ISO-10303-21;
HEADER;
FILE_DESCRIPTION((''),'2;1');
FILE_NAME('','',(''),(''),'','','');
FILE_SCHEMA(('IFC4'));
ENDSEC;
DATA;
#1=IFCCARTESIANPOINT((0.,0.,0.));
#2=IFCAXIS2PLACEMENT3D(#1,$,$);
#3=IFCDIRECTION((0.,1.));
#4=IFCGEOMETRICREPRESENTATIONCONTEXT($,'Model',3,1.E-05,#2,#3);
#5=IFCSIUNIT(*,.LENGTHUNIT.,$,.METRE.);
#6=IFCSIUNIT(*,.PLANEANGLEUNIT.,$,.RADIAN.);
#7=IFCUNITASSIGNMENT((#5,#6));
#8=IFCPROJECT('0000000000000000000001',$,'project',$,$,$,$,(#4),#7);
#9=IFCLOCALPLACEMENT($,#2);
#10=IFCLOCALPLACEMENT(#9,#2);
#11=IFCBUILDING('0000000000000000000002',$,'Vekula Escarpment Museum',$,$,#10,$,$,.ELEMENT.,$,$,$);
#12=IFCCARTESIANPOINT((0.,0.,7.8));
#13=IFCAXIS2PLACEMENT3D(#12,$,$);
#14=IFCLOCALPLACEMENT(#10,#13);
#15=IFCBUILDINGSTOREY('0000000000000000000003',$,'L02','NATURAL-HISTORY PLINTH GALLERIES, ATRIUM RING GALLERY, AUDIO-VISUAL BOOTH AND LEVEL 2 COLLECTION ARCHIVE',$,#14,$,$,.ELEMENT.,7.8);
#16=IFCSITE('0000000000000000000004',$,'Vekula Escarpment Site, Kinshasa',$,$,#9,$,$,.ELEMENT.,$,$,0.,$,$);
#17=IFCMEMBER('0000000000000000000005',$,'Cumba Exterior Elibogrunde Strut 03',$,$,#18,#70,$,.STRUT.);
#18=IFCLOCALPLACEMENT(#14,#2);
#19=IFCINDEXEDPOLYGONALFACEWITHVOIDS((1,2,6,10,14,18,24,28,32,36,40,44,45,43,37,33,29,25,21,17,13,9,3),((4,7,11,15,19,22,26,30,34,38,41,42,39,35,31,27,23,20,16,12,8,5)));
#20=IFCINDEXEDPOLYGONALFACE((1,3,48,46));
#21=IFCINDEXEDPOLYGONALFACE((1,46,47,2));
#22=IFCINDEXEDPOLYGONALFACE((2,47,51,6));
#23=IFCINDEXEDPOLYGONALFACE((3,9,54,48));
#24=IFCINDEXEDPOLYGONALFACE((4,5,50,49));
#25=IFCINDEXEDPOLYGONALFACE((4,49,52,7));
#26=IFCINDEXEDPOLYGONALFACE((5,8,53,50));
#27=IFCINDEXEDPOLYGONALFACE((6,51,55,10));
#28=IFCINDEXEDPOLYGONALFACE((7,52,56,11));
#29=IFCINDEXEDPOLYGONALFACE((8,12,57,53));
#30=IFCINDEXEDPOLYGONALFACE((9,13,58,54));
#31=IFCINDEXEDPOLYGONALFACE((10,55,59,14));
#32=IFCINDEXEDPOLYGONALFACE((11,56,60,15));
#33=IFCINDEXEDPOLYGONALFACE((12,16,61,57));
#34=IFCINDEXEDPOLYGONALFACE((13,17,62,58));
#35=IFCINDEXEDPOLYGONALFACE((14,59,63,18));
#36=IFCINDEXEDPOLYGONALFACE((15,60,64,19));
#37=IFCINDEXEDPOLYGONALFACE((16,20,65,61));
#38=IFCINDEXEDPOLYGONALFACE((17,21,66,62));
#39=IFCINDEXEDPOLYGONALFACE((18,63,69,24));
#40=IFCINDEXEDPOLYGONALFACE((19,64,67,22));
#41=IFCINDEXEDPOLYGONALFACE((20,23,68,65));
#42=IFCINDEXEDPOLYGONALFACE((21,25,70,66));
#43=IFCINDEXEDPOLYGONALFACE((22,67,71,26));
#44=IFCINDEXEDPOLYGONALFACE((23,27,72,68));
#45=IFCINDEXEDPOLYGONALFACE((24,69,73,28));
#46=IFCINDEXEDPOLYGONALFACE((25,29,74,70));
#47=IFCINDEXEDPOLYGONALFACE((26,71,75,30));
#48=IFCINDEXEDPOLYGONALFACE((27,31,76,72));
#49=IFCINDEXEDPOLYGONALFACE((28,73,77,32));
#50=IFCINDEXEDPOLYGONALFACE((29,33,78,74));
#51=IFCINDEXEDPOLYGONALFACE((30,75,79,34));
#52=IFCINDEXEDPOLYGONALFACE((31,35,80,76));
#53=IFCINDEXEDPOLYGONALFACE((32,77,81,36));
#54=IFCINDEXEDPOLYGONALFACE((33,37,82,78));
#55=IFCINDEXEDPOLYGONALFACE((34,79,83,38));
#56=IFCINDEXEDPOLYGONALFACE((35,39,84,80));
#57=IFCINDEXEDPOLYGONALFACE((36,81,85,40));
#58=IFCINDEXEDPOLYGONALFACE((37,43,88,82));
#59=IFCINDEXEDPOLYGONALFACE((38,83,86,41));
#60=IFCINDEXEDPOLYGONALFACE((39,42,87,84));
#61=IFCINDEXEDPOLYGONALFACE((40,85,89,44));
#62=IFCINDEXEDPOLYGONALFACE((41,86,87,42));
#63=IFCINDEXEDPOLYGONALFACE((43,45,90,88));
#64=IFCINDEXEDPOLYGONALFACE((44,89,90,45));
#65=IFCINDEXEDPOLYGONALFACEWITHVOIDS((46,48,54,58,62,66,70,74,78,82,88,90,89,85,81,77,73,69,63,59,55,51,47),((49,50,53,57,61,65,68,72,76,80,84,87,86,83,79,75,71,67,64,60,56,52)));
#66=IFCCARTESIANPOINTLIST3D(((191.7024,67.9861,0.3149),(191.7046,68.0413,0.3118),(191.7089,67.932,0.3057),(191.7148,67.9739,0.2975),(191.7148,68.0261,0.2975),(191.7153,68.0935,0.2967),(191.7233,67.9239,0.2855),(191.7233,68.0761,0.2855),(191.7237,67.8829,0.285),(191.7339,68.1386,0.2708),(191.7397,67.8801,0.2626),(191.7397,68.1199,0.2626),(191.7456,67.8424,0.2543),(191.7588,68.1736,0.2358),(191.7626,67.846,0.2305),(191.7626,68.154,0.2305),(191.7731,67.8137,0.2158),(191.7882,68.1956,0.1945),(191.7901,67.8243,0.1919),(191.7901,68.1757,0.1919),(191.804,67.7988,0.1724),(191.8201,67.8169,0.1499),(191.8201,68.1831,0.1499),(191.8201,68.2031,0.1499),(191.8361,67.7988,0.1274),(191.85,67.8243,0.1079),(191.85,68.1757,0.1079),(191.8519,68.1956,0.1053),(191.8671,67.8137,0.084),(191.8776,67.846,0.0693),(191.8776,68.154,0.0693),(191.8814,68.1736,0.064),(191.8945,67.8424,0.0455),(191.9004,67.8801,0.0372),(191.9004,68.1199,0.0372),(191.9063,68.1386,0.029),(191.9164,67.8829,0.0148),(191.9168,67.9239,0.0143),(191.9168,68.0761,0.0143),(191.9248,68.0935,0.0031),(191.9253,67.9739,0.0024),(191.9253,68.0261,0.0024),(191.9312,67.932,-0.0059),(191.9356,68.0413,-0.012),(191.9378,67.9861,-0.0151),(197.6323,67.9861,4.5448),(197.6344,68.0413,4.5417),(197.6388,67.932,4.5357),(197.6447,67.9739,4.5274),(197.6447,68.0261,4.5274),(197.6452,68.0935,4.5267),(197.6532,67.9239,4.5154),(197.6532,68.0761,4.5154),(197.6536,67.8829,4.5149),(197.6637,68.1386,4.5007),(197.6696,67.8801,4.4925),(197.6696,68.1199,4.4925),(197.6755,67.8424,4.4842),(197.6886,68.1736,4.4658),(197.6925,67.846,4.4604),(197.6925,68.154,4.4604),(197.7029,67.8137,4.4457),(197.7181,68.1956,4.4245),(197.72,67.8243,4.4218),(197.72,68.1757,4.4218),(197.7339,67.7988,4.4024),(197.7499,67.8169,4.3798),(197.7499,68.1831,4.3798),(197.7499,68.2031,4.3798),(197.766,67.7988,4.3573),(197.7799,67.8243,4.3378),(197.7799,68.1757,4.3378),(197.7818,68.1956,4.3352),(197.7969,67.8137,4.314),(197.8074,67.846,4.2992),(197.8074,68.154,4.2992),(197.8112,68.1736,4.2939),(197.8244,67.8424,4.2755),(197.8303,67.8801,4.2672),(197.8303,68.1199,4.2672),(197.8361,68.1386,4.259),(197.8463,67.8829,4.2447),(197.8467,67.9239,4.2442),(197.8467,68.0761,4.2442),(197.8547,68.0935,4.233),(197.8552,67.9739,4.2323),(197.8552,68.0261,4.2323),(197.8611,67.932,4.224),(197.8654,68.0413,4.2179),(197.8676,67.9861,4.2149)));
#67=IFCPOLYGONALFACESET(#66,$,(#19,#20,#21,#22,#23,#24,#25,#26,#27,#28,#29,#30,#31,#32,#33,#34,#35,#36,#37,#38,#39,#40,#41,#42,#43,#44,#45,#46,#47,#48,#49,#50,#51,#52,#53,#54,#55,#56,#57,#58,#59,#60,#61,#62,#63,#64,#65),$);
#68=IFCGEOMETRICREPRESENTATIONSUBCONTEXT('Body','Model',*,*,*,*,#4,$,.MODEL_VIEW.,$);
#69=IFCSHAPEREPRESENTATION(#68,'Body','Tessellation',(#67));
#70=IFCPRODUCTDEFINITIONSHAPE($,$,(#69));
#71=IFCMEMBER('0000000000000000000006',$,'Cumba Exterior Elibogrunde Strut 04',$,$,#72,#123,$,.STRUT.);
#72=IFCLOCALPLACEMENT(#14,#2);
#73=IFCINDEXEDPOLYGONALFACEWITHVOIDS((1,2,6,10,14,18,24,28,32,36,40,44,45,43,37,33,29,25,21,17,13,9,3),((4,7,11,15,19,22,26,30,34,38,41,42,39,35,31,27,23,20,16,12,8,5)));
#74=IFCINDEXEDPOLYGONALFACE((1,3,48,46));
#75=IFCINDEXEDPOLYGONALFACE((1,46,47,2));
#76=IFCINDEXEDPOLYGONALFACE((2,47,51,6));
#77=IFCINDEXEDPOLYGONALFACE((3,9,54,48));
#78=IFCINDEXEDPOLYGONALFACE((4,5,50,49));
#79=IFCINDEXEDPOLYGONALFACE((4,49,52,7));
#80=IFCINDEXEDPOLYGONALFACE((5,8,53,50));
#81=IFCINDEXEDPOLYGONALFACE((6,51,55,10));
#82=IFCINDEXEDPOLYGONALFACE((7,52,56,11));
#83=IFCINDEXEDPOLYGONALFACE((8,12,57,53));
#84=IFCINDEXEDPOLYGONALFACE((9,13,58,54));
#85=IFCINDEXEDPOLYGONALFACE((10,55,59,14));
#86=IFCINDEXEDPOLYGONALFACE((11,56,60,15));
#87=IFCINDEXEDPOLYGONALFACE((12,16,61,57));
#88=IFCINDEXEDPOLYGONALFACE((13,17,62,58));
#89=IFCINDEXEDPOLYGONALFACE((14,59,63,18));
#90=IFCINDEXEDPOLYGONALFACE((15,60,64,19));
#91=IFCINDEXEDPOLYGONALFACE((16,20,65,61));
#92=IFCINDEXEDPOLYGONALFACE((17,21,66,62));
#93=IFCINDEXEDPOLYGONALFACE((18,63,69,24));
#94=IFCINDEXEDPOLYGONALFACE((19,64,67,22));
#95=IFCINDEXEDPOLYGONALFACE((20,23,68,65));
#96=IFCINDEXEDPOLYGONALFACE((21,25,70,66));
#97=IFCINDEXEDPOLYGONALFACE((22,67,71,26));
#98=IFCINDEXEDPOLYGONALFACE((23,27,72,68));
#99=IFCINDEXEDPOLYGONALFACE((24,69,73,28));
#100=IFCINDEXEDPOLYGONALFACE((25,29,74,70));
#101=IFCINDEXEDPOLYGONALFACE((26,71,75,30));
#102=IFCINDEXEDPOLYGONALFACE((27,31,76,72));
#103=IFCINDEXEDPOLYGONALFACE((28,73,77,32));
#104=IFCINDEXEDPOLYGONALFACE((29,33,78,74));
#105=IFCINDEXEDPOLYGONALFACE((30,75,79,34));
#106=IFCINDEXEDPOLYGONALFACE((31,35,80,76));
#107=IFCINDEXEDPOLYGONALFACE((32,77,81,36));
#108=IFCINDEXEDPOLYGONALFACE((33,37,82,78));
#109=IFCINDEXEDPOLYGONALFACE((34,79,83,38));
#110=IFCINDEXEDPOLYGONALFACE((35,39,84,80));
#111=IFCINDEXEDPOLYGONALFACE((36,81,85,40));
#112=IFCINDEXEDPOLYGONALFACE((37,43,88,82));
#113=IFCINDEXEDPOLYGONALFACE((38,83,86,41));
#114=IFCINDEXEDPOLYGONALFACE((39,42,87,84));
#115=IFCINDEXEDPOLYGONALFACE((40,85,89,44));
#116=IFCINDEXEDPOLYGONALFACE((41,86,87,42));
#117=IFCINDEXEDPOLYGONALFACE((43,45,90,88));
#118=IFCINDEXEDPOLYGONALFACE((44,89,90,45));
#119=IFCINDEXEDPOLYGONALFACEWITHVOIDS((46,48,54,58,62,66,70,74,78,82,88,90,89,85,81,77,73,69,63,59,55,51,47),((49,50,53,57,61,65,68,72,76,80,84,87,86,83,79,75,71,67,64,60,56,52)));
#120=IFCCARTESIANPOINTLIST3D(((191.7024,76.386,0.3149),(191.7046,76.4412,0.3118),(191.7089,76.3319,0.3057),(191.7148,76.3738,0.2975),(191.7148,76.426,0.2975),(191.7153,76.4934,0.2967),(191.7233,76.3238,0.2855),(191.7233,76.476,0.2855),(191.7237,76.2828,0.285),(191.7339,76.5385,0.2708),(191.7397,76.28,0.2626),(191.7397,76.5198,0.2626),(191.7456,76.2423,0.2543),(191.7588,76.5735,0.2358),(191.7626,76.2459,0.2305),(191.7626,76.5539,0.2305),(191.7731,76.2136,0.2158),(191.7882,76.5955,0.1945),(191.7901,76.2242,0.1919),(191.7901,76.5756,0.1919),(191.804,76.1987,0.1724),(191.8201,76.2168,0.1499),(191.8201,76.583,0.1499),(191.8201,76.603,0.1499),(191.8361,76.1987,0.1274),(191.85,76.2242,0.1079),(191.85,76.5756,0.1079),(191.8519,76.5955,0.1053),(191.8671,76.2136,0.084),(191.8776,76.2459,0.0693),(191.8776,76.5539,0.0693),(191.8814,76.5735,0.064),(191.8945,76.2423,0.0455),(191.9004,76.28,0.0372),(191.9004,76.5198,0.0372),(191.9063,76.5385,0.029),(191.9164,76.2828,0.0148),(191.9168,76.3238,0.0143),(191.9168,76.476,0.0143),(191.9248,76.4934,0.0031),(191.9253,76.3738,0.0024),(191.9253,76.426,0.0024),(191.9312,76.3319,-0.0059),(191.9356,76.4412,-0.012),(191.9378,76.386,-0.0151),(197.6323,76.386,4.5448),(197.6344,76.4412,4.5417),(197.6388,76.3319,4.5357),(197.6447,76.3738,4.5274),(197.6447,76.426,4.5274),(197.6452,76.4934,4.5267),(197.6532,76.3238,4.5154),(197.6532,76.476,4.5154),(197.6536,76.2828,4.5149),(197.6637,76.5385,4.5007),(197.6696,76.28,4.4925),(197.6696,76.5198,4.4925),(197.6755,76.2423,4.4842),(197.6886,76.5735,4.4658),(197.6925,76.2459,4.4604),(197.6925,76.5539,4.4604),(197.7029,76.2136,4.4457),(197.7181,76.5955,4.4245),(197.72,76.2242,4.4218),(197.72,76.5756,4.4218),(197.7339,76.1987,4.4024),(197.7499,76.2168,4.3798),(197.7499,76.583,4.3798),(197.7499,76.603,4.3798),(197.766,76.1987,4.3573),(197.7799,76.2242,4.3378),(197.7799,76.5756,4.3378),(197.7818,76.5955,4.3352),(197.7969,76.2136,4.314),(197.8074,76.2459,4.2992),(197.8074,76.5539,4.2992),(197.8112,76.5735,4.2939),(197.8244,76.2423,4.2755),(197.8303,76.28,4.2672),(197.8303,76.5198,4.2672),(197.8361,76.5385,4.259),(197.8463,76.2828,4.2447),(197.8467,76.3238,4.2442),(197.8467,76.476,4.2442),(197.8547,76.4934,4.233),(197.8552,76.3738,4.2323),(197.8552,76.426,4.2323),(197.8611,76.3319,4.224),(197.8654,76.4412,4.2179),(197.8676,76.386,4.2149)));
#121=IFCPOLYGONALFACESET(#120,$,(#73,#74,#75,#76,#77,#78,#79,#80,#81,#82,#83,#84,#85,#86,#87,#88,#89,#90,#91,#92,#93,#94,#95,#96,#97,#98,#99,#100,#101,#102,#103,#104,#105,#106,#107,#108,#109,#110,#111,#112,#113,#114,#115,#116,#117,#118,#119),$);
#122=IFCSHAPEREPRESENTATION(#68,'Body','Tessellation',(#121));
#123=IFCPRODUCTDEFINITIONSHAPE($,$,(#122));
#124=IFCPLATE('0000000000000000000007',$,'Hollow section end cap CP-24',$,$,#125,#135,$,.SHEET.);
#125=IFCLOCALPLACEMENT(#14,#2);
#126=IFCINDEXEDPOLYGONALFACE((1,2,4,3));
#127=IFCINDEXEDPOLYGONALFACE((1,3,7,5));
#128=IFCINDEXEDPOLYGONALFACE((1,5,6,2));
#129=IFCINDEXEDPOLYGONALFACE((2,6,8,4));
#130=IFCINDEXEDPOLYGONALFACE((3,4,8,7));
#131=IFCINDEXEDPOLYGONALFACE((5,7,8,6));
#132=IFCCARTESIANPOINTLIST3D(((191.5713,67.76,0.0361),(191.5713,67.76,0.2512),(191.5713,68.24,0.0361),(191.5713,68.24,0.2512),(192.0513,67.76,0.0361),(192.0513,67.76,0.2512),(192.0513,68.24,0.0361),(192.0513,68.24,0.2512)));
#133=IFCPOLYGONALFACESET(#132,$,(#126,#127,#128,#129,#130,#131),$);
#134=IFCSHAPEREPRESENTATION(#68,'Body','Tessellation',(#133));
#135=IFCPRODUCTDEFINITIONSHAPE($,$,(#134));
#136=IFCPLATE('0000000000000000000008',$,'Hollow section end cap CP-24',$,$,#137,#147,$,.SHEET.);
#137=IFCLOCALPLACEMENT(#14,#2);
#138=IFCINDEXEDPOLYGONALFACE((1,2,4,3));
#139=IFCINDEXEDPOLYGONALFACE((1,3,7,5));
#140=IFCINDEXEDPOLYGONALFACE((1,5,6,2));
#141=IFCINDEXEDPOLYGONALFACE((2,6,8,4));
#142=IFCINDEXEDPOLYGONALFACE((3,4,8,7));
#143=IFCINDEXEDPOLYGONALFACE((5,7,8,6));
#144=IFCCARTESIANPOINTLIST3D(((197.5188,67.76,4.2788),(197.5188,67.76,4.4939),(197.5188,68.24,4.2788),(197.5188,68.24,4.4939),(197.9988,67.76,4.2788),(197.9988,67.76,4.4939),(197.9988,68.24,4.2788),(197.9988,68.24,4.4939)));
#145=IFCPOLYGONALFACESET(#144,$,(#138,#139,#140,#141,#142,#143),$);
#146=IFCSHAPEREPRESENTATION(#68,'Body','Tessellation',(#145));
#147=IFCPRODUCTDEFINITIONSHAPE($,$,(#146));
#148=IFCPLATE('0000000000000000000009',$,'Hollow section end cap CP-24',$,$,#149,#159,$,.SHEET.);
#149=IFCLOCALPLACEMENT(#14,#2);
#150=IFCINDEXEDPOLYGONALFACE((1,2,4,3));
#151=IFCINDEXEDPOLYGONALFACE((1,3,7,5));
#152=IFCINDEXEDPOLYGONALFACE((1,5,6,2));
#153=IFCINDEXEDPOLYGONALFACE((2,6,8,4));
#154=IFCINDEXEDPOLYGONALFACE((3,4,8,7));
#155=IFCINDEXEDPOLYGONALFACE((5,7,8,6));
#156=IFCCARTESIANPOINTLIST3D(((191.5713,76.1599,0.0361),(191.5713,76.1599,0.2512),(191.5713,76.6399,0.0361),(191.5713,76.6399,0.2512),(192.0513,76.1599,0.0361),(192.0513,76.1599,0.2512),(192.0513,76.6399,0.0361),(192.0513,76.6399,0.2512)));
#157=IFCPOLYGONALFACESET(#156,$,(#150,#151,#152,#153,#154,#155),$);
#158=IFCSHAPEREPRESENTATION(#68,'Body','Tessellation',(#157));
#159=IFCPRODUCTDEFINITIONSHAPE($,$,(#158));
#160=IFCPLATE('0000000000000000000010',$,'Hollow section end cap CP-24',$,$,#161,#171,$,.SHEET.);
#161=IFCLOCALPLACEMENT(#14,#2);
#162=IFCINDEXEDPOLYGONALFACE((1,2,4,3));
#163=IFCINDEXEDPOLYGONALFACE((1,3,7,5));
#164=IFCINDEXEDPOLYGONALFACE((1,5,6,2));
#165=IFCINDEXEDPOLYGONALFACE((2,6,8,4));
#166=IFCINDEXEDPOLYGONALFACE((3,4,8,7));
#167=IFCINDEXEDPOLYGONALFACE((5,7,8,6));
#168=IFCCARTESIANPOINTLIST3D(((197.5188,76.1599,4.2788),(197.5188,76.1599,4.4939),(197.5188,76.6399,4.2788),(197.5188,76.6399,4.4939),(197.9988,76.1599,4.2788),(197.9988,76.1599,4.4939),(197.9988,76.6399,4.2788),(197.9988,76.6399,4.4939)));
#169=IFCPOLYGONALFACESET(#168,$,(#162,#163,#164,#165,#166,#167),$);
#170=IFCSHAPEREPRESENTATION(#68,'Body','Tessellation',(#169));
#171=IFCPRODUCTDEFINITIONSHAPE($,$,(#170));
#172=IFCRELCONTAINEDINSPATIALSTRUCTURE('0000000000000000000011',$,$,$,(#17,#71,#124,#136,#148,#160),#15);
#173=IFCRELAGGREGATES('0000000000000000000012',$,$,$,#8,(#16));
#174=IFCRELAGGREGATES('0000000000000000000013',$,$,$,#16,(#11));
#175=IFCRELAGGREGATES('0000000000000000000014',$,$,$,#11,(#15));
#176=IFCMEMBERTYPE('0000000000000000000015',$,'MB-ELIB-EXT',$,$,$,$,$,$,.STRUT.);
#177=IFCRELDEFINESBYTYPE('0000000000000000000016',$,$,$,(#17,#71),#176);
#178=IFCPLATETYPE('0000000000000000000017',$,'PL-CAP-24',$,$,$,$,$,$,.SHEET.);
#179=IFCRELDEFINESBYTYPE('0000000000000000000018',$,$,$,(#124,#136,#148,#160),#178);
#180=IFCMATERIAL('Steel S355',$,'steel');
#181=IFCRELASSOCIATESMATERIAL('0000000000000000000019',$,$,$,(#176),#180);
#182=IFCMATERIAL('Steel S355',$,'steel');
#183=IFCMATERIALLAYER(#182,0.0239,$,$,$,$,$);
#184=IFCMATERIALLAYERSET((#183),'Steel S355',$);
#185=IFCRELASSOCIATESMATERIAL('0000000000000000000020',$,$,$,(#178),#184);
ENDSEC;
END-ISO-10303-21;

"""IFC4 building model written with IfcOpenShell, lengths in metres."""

from ifc_helpers import new_model, si_unit, direction, frame, origin, origin_2d, place, context, subcontext, project, spatial, rectangle, hollow_circle, extrude, material, layer, layer_set, material_profile, profile_set, type_object, element, save


model = new_model("IFC4")

# Units and contexts
model_context = context("Model", 3, precision=1e-05, world=origin(), true_north=direction((0.0, 1.0)))
body_context = subcontext(model_context, "Body", "Model", "MODEL_VIEW")
ifc_project = project(units=[si_unit("LENGTHUNIT", "METRE"), si_unit("PLANEANGLEUNIT", "RADIAN")], contexts=[model_context])

# Site, building, storey
site_placement = place(None, origin())
site = spatial("IfcSite", under=ifc_project, at=site_placement, Name="Vekula Escarpment Site, Kinshasa", CompositionType="ELEMENT", RefElevation=0.0)
building_placement = place(site_placement, origin())
building = spatial("IfcBuilding", under=site, at=building_placement, Name="Vekula Escarpment Museum", CompositionType="ELEMENT")
storey_placement = place(building_placement, frame((0.0, 0.0, 7.8)))
storey = spatial("IfcBuildingStorey", under=building, at=storey_placement, Name="L02", Description="NATURAL-HISTORY PLINTH GALLERIES, ATRIUM RING GALLERY, AUDIO-VISUAL BOOTH AND LEVEL 2 COLLECTION ARCHIVE", CompositionType="ELEMENT", Elevation=7.8)

# Members
ifc_material_1 = material(Name="Steel S355", Category="steel")
ifc_material_profile_1 = material_profile(ifc_material_1, hollow_circle(Radius=0.2031, WallThickness=0.02, at=origin_2d()), Name="CHS 406.4x20")
ifc_profile_set_1 = profile_set([ifc_material_profile_1], Name="Steel S355")
member_type = type_object("IfcMemberType", Name="MB-ELIB-EXT", PredefinedType="STRUT", material=ifc_profile_set_1)
for number, where, z_axis, x_axis, name in (
    (1, (191.8201, 68.0, 0.1499), (0.814102, 0.0, 0.580721), (0.0, 1.0, 0.0), "Cumba Exterior Elibogrunde Strut 03"),
    (2, (191.8201, 76.3999, 0.1499), (0.814102, 0.0, 0.580721), (0.0, 1.0, 0.0), "Cumba Exterior Elibogrunde Strut 04"),
):
    element("IfcMember", number, at=place(storey_placement, frame(where, z_axis=z_axis, x_axis=x_axis)), inside=storey, type_object=member_type, Name=name, PredefinedType="STRUT", context=body_context, shape_type="SweptSolid", body=[
        extrude(hollow_circle(Radius=0.2031, WallThickness=0.02, at=origin_2d()), origin(), (0.0, 0.0, 1.0), 7.2839),
    ])

# Plates
ifc_material_2 = material(Name="Steel S355", Category="steel")
ifc_layer_1 = layer(ifc_material_2, 0.0239)
ifc_layer_set_1 = layer_set([ifc_layer_1], Name="Steel S355")
plate_type = type_object("IfcPlateType", Name="PL-CAP-24", PredefinedType="SHEET", material=ifc_layer_set_1)
for number, where, z_axis, x_axis, name in (
    (3, (191.8113, 68.0, 0.0361), (0.0, 0.0, 1.0), (1.0, 0.0, 0.0), "Hollow section end cap CP-24"),
    (4, (197.7588, 68.0, 4.2788), (0.0, 0.0, 1.0), (1.0, 0.0, 0.0), "Hollow section end cap CP-24"),
    (5, (191.8113, 76.3999, 0.0361), (0.0, 0.0, 1.0), (1.0, 0.0, 0.0), "Hollow section end cap CP-24"),
    (6, (197.7588, 76.3999, 4.2788), (0.0, 0.0, 1.0), (1.0, 0.0, 0.0), "Hollow section end cap CP-24"),
):
    element("IfcPlate", number, at=place(storey_placement, frame(where, z_axis=z_axis, x_axis=x_axis)), inside=storey, type_object=plate_type, Name=name, PredefinedType="SHEET", context=body_context, shape_type="SweptSolid", body=[
        extrude(rectangle(XDim=0.48, YDim=0.48, at=origin_2d()), origin(), (0.0, 0.0, 1.0), 0.2151),
    ])

save(model, "model.ifc")
